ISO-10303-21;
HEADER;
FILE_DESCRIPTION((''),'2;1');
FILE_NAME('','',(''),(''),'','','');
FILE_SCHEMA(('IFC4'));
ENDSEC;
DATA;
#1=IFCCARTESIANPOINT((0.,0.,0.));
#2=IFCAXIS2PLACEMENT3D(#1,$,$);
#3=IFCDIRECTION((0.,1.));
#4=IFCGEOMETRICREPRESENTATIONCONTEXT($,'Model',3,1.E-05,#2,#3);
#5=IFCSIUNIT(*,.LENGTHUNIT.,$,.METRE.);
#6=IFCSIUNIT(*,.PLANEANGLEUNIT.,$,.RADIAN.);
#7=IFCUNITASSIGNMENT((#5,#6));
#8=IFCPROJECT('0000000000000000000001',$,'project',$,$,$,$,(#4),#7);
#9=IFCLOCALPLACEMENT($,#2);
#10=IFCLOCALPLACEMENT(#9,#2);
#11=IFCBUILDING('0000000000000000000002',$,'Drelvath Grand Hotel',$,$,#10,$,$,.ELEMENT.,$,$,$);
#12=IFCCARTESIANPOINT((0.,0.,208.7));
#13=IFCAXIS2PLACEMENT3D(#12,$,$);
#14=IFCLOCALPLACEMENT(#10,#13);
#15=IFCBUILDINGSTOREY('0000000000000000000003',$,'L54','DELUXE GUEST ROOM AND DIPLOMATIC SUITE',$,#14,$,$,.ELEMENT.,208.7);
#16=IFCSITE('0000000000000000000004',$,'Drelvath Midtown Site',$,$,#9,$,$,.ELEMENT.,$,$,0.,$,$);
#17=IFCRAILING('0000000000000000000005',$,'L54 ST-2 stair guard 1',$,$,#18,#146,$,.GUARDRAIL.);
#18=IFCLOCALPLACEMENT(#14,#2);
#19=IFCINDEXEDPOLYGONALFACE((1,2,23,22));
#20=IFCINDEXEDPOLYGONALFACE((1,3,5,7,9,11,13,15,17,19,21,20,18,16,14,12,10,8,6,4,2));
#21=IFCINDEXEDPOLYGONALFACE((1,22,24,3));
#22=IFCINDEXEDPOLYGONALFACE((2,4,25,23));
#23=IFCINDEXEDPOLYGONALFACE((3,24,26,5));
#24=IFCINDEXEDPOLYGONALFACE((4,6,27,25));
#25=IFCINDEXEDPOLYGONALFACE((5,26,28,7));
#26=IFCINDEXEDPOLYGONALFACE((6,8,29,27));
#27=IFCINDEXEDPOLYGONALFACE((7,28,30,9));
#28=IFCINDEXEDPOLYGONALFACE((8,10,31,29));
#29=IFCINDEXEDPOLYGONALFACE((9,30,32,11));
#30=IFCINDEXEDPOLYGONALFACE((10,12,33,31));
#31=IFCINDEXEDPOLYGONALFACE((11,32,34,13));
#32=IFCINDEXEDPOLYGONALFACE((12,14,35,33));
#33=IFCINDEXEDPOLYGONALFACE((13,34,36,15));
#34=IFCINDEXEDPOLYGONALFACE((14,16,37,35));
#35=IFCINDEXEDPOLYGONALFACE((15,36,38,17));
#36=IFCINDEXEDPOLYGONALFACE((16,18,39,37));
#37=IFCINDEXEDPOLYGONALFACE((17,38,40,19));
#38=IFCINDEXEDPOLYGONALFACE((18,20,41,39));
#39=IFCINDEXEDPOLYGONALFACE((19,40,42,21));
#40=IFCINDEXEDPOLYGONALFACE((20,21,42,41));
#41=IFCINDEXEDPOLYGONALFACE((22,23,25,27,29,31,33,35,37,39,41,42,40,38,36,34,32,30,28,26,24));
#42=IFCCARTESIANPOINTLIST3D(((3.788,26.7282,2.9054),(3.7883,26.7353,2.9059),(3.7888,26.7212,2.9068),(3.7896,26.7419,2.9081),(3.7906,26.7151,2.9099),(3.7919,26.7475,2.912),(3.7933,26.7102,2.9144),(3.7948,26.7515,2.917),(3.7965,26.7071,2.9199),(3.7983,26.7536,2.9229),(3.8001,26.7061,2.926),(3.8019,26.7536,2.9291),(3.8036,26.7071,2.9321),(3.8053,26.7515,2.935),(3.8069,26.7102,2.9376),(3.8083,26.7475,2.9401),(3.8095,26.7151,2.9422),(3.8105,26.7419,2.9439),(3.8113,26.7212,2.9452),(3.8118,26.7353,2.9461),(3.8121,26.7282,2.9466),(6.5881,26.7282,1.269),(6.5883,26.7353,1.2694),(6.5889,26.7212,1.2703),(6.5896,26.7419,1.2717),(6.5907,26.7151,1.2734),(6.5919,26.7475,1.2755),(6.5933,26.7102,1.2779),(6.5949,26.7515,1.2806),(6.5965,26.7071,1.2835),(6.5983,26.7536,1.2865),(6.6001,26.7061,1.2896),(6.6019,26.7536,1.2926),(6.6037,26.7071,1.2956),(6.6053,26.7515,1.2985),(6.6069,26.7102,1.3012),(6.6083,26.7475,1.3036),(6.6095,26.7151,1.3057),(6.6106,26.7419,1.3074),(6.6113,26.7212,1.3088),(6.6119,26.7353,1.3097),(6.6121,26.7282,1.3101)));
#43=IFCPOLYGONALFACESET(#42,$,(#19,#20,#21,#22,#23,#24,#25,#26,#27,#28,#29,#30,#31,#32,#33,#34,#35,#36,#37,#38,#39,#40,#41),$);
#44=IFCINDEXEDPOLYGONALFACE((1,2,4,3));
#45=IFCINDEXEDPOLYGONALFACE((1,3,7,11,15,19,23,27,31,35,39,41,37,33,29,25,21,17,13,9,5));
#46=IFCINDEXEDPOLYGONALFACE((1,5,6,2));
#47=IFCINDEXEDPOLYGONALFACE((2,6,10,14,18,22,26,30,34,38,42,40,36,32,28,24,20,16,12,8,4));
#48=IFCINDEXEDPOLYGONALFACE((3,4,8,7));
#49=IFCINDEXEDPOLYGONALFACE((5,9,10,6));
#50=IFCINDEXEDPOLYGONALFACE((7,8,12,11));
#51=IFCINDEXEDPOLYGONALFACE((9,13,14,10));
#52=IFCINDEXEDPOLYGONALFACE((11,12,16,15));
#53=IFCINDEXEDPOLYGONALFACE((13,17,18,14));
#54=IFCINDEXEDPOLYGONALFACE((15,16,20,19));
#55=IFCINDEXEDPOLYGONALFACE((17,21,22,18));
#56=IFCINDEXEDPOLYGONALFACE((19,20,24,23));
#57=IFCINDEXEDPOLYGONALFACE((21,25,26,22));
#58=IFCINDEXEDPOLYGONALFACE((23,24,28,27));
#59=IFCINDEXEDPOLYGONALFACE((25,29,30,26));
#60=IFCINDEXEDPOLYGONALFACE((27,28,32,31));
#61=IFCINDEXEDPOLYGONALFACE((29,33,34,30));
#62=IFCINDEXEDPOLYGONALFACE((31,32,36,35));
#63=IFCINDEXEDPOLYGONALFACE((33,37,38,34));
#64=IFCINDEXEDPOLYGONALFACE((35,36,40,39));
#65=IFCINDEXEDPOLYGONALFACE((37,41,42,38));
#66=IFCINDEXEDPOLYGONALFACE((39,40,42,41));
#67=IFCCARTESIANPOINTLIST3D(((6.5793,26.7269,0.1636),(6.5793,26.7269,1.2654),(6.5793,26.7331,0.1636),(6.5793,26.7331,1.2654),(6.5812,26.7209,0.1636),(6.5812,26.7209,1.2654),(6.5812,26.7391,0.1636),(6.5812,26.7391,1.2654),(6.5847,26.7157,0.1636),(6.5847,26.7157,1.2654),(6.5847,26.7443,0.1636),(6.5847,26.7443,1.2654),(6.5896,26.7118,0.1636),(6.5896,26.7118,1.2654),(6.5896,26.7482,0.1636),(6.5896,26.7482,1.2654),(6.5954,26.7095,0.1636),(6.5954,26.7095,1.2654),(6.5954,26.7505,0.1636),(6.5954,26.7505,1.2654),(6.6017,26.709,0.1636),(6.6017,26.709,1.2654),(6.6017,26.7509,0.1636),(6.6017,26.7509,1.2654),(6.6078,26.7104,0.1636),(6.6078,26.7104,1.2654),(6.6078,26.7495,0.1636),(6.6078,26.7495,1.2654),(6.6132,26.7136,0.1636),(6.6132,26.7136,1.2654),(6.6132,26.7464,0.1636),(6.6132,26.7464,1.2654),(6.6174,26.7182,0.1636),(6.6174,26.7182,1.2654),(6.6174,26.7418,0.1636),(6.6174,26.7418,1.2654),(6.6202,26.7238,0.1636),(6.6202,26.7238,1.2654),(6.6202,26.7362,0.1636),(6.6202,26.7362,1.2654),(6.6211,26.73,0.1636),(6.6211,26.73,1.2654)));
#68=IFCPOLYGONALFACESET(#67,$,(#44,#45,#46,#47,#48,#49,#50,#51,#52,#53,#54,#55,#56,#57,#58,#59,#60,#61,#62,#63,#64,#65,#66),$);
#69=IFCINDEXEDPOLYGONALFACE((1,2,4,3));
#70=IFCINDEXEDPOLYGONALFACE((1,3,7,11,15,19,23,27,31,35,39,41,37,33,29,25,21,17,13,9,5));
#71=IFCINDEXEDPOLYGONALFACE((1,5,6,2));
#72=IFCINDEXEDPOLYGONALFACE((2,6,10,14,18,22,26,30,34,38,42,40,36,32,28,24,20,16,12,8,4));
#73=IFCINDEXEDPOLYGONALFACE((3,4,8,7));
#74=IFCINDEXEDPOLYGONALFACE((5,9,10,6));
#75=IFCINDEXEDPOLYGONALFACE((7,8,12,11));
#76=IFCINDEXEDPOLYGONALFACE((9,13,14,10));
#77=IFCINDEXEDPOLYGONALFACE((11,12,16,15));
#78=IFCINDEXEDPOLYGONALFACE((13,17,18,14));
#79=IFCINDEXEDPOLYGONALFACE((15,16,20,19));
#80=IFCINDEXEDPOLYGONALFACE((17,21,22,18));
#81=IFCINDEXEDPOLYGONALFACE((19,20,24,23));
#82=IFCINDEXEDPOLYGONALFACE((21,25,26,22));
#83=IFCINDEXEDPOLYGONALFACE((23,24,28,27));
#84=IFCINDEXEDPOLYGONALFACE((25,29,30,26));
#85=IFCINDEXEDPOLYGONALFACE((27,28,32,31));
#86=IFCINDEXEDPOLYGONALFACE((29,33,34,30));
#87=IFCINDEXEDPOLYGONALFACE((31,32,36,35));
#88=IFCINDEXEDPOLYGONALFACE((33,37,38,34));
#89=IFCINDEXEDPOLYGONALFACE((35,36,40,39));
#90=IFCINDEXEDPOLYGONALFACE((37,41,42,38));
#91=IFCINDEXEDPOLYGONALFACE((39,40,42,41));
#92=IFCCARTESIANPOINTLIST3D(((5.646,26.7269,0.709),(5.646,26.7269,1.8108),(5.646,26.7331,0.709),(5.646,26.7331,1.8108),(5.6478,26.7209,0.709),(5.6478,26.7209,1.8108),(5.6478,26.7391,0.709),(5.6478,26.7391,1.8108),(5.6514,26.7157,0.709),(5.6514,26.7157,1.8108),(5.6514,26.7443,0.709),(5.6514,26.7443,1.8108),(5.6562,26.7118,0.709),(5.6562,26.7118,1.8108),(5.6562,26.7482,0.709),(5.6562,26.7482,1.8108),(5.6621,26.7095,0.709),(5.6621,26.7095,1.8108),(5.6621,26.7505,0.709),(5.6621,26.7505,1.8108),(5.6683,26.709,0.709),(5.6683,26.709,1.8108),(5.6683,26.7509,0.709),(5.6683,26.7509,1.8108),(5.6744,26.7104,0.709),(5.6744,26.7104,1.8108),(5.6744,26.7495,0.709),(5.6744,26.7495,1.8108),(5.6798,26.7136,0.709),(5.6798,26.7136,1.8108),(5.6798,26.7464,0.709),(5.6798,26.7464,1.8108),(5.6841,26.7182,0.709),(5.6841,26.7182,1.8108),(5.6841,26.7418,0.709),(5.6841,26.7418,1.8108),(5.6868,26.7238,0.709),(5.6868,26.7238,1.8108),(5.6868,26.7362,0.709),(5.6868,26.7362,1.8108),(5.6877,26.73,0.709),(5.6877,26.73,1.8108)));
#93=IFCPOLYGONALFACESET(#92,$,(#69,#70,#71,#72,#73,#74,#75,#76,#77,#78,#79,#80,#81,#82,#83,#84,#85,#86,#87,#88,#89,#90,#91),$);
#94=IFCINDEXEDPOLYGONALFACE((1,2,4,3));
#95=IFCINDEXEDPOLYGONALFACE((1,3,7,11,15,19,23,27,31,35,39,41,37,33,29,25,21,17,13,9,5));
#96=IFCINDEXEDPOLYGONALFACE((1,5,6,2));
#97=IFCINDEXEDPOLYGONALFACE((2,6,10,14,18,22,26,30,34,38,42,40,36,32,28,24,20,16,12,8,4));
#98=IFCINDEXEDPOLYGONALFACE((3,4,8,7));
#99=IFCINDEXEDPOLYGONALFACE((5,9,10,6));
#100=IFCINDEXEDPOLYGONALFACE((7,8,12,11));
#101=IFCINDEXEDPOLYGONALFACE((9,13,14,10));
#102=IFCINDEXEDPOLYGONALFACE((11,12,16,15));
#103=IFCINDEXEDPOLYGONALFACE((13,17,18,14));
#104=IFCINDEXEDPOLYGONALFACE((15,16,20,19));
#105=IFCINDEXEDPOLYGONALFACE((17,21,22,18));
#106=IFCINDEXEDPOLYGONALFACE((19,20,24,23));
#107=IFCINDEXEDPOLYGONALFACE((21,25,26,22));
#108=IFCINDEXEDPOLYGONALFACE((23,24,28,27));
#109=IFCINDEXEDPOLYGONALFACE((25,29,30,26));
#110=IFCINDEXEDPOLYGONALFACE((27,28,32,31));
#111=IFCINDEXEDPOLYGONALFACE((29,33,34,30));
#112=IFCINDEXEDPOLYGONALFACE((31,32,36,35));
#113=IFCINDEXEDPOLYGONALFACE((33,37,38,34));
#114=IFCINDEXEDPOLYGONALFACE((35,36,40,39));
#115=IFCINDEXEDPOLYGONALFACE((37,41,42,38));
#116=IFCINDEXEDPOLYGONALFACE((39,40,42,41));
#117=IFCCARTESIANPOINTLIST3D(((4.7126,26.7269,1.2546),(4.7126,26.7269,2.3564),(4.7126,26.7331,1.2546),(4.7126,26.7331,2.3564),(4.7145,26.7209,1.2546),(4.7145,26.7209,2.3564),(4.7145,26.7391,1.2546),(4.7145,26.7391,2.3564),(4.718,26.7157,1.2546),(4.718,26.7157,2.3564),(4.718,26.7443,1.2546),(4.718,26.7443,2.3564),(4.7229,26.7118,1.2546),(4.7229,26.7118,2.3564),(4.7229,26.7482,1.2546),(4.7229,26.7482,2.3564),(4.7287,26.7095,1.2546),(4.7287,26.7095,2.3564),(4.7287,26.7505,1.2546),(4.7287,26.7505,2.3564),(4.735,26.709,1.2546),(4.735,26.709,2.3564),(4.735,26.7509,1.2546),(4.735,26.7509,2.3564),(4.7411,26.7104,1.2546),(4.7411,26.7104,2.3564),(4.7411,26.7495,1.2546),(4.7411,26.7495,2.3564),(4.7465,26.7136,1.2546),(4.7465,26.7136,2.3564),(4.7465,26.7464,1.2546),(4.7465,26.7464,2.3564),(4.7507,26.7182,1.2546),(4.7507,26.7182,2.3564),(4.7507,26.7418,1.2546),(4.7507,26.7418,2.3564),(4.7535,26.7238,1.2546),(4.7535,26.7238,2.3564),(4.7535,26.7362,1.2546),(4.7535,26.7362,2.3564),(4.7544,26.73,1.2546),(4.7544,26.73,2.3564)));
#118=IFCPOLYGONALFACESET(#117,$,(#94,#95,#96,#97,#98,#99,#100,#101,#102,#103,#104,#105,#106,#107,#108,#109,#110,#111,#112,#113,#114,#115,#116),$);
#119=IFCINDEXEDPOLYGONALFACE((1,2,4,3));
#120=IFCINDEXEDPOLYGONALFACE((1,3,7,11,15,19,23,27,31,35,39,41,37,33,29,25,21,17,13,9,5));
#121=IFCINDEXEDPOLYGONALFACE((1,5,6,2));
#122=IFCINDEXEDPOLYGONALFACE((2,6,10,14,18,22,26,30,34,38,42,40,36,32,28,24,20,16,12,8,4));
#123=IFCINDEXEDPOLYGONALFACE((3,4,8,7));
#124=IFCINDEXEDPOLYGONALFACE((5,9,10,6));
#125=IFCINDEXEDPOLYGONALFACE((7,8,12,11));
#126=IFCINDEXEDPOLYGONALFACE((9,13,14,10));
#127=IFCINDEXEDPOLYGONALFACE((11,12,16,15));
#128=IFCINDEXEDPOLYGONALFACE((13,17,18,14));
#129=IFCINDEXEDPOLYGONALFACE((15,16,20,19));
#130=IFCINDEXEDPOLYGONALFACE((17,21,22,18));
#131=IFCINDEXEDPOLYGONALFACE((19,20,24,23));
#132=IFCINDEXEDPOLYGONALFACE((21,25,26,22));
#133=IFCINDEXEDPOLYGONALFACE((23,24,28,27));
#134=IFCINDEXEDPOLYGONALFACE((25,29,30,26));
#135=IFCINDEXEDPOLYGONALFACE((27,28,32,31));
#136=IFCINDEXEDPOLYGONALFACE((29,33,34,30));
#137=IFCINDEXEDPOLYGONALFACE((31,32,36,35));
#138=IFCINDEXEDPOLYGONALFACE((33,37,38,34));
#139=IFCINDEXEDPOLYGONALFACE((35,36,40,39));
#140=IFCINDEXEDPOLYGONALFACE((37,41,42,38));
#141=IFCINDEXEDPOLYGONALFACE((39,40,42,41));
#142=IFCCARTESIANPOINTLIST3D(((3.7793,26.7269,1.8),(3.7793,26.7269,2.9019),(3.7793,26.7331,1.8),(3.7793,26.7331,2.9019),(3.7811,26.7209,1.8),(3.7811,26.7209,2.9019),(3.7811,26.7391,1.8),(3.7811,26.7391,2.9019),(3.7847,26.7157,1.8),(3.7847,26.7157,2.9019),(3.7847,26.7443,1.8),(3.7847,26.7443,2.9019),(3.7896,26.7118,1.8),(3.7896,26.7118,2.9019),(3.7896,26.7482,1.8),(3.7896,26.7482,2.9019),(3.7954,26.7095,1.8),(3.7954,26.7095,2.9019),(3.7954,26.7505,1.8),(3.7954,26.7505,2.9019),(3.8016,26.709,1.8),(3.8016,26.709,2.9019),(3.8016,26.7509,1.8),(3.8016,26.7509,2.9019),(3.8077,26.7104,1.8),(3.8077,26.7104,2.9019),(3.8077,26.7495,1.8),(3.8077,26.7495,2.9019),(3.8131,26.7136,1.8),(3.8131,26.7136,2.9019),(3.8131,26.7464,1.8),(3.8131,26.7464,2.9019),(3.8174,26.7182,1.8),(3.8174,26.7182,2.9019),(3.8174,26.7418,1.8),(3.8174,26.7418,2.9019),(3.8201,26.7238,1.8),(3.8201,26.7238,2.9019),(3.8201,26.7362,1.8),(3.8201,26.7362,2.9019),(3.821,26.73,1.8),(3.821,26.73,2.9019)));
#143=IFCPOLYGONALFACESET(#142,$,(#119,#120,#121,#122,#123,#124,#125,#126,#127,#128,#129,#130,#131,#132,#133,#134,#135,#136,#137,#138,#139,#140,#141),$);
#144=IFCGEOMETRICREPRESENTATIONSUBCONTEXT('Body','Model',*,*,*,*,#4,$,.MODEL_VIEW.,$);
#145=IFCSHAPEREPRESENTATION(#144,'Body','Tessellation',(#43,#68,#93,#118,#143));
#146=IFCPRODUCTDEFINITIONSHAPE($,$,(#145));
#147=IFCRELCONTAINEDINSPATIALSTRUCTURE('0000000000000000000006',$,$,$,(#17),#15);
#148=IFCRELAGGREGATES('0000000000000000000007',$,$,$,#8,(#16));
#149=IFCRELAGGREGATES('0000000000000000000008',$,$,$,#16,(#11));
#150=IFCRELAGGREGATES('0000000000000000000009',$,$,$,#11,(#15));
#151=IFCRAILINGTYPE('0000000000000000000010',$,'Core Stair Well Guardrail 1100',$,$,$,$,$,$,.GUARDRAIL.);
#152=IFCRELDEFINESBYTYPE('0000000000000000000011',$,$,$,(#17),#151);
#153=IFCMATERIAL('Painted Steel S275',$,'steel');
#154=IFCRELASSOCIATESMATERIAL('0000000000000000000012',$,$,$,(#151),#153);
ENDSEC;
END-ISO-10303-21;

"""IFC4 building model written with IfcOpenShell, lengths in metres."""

from ifc_helpers import new_model, si_unit, direction, frame, origin, origin_2d, place, context, subcontext, project, spatial, circle, extrude, material, type_object, element, save


model = new_model("IFC4")

# Units and contexts
model_context = context("Model", 3, precision=1e-05, world=origin(), true_north=direction((0.0, 1.0)))
body_context = subcontext(model_context, "Body", "Model", "MODEL_VIEW")
ifc_project = project(units=[si_unit("LENGTHUNIT", "METRE"), si_unit("PLANEANGLEUNIT", "RADIAN")], contexts=[model_context])

# Site, building, storey
site_placement = place(None, origin())
site = spatial("IfcSite", under=ifc_project, at=site_placement, Name="Drelvath Midtown Site", CompositionType="ELEMENT", RefElevation=0.0)
building_placement = place(site_placement, origin())
building = spatial("IfcBuilding", under=site, at=building_placement, Name="Drelvath Grand Hotel", CompositionType="ELEMENT")
storey_placement = place(building_placement, frame((0.0, 0.0, 208.7)))
storey = spatial("IfcBuildingStorey", under=building, at=storey_placement, Name="L54", Description="DELUXE GUEST ROOM AND DIPLOMATIC SUITE", CompositionType="ELEMENT", Elevation=208.7)

# Shared definitions
ifc_material_1 = material(Name="Painted Steel S275", Category="steel")

# Railing
railing_type_1 = type_object("IfcRailingType", Name="Core Stair Well Guardrail 1100", PredefinedType="GUARDRAIL", material=ifc_material_1)
railing_1_placement = place(storey_placement, frame((6.6001, 26.73, 0.1636)))
element("IfcRailing", 1, at=railing_1_placement, inside=storey, type_object=railing_type_1, Name="L54 ST-2 stair guard 1", PredefinedType="GUARDRAIL", context=body_context, shape_type="SweptSolid", body=[
    extrude(circle(Radius=0.0239, at=origin_2d()), frame((0.0, 0.0, 1.126), z_axis=(-0.863361, 0.0, 0.504587), x_axis=(0.0, -1.0, 0.0)), (0.0, 0.0, 1.0), 3.2432),
    extrude(circle(Radius=0.021, at=origin_2d()), origin(), (0.0, 0.0, 1.0), 1.1018),
    extrude(circle(Radius=0.021, at=origin_2d()), frame((-0.9333, 0.0, 0.5454)), (0.0, 0.0, 1.0), 1.1018),
    extrude(circle(Radius=0.021, at=origin_2d()), frame((-1.8667, 0.0, 1.0911)), (0.0, 0.0, 1.0), 1.1018),
    extrude(circle(Radius=0.021, at=origin_2d()), frame((-2.8, 0.0, 1.6365)), (0.0, 0.0, 1.0), 1.1018),
])

save(model, "model.ifc")
